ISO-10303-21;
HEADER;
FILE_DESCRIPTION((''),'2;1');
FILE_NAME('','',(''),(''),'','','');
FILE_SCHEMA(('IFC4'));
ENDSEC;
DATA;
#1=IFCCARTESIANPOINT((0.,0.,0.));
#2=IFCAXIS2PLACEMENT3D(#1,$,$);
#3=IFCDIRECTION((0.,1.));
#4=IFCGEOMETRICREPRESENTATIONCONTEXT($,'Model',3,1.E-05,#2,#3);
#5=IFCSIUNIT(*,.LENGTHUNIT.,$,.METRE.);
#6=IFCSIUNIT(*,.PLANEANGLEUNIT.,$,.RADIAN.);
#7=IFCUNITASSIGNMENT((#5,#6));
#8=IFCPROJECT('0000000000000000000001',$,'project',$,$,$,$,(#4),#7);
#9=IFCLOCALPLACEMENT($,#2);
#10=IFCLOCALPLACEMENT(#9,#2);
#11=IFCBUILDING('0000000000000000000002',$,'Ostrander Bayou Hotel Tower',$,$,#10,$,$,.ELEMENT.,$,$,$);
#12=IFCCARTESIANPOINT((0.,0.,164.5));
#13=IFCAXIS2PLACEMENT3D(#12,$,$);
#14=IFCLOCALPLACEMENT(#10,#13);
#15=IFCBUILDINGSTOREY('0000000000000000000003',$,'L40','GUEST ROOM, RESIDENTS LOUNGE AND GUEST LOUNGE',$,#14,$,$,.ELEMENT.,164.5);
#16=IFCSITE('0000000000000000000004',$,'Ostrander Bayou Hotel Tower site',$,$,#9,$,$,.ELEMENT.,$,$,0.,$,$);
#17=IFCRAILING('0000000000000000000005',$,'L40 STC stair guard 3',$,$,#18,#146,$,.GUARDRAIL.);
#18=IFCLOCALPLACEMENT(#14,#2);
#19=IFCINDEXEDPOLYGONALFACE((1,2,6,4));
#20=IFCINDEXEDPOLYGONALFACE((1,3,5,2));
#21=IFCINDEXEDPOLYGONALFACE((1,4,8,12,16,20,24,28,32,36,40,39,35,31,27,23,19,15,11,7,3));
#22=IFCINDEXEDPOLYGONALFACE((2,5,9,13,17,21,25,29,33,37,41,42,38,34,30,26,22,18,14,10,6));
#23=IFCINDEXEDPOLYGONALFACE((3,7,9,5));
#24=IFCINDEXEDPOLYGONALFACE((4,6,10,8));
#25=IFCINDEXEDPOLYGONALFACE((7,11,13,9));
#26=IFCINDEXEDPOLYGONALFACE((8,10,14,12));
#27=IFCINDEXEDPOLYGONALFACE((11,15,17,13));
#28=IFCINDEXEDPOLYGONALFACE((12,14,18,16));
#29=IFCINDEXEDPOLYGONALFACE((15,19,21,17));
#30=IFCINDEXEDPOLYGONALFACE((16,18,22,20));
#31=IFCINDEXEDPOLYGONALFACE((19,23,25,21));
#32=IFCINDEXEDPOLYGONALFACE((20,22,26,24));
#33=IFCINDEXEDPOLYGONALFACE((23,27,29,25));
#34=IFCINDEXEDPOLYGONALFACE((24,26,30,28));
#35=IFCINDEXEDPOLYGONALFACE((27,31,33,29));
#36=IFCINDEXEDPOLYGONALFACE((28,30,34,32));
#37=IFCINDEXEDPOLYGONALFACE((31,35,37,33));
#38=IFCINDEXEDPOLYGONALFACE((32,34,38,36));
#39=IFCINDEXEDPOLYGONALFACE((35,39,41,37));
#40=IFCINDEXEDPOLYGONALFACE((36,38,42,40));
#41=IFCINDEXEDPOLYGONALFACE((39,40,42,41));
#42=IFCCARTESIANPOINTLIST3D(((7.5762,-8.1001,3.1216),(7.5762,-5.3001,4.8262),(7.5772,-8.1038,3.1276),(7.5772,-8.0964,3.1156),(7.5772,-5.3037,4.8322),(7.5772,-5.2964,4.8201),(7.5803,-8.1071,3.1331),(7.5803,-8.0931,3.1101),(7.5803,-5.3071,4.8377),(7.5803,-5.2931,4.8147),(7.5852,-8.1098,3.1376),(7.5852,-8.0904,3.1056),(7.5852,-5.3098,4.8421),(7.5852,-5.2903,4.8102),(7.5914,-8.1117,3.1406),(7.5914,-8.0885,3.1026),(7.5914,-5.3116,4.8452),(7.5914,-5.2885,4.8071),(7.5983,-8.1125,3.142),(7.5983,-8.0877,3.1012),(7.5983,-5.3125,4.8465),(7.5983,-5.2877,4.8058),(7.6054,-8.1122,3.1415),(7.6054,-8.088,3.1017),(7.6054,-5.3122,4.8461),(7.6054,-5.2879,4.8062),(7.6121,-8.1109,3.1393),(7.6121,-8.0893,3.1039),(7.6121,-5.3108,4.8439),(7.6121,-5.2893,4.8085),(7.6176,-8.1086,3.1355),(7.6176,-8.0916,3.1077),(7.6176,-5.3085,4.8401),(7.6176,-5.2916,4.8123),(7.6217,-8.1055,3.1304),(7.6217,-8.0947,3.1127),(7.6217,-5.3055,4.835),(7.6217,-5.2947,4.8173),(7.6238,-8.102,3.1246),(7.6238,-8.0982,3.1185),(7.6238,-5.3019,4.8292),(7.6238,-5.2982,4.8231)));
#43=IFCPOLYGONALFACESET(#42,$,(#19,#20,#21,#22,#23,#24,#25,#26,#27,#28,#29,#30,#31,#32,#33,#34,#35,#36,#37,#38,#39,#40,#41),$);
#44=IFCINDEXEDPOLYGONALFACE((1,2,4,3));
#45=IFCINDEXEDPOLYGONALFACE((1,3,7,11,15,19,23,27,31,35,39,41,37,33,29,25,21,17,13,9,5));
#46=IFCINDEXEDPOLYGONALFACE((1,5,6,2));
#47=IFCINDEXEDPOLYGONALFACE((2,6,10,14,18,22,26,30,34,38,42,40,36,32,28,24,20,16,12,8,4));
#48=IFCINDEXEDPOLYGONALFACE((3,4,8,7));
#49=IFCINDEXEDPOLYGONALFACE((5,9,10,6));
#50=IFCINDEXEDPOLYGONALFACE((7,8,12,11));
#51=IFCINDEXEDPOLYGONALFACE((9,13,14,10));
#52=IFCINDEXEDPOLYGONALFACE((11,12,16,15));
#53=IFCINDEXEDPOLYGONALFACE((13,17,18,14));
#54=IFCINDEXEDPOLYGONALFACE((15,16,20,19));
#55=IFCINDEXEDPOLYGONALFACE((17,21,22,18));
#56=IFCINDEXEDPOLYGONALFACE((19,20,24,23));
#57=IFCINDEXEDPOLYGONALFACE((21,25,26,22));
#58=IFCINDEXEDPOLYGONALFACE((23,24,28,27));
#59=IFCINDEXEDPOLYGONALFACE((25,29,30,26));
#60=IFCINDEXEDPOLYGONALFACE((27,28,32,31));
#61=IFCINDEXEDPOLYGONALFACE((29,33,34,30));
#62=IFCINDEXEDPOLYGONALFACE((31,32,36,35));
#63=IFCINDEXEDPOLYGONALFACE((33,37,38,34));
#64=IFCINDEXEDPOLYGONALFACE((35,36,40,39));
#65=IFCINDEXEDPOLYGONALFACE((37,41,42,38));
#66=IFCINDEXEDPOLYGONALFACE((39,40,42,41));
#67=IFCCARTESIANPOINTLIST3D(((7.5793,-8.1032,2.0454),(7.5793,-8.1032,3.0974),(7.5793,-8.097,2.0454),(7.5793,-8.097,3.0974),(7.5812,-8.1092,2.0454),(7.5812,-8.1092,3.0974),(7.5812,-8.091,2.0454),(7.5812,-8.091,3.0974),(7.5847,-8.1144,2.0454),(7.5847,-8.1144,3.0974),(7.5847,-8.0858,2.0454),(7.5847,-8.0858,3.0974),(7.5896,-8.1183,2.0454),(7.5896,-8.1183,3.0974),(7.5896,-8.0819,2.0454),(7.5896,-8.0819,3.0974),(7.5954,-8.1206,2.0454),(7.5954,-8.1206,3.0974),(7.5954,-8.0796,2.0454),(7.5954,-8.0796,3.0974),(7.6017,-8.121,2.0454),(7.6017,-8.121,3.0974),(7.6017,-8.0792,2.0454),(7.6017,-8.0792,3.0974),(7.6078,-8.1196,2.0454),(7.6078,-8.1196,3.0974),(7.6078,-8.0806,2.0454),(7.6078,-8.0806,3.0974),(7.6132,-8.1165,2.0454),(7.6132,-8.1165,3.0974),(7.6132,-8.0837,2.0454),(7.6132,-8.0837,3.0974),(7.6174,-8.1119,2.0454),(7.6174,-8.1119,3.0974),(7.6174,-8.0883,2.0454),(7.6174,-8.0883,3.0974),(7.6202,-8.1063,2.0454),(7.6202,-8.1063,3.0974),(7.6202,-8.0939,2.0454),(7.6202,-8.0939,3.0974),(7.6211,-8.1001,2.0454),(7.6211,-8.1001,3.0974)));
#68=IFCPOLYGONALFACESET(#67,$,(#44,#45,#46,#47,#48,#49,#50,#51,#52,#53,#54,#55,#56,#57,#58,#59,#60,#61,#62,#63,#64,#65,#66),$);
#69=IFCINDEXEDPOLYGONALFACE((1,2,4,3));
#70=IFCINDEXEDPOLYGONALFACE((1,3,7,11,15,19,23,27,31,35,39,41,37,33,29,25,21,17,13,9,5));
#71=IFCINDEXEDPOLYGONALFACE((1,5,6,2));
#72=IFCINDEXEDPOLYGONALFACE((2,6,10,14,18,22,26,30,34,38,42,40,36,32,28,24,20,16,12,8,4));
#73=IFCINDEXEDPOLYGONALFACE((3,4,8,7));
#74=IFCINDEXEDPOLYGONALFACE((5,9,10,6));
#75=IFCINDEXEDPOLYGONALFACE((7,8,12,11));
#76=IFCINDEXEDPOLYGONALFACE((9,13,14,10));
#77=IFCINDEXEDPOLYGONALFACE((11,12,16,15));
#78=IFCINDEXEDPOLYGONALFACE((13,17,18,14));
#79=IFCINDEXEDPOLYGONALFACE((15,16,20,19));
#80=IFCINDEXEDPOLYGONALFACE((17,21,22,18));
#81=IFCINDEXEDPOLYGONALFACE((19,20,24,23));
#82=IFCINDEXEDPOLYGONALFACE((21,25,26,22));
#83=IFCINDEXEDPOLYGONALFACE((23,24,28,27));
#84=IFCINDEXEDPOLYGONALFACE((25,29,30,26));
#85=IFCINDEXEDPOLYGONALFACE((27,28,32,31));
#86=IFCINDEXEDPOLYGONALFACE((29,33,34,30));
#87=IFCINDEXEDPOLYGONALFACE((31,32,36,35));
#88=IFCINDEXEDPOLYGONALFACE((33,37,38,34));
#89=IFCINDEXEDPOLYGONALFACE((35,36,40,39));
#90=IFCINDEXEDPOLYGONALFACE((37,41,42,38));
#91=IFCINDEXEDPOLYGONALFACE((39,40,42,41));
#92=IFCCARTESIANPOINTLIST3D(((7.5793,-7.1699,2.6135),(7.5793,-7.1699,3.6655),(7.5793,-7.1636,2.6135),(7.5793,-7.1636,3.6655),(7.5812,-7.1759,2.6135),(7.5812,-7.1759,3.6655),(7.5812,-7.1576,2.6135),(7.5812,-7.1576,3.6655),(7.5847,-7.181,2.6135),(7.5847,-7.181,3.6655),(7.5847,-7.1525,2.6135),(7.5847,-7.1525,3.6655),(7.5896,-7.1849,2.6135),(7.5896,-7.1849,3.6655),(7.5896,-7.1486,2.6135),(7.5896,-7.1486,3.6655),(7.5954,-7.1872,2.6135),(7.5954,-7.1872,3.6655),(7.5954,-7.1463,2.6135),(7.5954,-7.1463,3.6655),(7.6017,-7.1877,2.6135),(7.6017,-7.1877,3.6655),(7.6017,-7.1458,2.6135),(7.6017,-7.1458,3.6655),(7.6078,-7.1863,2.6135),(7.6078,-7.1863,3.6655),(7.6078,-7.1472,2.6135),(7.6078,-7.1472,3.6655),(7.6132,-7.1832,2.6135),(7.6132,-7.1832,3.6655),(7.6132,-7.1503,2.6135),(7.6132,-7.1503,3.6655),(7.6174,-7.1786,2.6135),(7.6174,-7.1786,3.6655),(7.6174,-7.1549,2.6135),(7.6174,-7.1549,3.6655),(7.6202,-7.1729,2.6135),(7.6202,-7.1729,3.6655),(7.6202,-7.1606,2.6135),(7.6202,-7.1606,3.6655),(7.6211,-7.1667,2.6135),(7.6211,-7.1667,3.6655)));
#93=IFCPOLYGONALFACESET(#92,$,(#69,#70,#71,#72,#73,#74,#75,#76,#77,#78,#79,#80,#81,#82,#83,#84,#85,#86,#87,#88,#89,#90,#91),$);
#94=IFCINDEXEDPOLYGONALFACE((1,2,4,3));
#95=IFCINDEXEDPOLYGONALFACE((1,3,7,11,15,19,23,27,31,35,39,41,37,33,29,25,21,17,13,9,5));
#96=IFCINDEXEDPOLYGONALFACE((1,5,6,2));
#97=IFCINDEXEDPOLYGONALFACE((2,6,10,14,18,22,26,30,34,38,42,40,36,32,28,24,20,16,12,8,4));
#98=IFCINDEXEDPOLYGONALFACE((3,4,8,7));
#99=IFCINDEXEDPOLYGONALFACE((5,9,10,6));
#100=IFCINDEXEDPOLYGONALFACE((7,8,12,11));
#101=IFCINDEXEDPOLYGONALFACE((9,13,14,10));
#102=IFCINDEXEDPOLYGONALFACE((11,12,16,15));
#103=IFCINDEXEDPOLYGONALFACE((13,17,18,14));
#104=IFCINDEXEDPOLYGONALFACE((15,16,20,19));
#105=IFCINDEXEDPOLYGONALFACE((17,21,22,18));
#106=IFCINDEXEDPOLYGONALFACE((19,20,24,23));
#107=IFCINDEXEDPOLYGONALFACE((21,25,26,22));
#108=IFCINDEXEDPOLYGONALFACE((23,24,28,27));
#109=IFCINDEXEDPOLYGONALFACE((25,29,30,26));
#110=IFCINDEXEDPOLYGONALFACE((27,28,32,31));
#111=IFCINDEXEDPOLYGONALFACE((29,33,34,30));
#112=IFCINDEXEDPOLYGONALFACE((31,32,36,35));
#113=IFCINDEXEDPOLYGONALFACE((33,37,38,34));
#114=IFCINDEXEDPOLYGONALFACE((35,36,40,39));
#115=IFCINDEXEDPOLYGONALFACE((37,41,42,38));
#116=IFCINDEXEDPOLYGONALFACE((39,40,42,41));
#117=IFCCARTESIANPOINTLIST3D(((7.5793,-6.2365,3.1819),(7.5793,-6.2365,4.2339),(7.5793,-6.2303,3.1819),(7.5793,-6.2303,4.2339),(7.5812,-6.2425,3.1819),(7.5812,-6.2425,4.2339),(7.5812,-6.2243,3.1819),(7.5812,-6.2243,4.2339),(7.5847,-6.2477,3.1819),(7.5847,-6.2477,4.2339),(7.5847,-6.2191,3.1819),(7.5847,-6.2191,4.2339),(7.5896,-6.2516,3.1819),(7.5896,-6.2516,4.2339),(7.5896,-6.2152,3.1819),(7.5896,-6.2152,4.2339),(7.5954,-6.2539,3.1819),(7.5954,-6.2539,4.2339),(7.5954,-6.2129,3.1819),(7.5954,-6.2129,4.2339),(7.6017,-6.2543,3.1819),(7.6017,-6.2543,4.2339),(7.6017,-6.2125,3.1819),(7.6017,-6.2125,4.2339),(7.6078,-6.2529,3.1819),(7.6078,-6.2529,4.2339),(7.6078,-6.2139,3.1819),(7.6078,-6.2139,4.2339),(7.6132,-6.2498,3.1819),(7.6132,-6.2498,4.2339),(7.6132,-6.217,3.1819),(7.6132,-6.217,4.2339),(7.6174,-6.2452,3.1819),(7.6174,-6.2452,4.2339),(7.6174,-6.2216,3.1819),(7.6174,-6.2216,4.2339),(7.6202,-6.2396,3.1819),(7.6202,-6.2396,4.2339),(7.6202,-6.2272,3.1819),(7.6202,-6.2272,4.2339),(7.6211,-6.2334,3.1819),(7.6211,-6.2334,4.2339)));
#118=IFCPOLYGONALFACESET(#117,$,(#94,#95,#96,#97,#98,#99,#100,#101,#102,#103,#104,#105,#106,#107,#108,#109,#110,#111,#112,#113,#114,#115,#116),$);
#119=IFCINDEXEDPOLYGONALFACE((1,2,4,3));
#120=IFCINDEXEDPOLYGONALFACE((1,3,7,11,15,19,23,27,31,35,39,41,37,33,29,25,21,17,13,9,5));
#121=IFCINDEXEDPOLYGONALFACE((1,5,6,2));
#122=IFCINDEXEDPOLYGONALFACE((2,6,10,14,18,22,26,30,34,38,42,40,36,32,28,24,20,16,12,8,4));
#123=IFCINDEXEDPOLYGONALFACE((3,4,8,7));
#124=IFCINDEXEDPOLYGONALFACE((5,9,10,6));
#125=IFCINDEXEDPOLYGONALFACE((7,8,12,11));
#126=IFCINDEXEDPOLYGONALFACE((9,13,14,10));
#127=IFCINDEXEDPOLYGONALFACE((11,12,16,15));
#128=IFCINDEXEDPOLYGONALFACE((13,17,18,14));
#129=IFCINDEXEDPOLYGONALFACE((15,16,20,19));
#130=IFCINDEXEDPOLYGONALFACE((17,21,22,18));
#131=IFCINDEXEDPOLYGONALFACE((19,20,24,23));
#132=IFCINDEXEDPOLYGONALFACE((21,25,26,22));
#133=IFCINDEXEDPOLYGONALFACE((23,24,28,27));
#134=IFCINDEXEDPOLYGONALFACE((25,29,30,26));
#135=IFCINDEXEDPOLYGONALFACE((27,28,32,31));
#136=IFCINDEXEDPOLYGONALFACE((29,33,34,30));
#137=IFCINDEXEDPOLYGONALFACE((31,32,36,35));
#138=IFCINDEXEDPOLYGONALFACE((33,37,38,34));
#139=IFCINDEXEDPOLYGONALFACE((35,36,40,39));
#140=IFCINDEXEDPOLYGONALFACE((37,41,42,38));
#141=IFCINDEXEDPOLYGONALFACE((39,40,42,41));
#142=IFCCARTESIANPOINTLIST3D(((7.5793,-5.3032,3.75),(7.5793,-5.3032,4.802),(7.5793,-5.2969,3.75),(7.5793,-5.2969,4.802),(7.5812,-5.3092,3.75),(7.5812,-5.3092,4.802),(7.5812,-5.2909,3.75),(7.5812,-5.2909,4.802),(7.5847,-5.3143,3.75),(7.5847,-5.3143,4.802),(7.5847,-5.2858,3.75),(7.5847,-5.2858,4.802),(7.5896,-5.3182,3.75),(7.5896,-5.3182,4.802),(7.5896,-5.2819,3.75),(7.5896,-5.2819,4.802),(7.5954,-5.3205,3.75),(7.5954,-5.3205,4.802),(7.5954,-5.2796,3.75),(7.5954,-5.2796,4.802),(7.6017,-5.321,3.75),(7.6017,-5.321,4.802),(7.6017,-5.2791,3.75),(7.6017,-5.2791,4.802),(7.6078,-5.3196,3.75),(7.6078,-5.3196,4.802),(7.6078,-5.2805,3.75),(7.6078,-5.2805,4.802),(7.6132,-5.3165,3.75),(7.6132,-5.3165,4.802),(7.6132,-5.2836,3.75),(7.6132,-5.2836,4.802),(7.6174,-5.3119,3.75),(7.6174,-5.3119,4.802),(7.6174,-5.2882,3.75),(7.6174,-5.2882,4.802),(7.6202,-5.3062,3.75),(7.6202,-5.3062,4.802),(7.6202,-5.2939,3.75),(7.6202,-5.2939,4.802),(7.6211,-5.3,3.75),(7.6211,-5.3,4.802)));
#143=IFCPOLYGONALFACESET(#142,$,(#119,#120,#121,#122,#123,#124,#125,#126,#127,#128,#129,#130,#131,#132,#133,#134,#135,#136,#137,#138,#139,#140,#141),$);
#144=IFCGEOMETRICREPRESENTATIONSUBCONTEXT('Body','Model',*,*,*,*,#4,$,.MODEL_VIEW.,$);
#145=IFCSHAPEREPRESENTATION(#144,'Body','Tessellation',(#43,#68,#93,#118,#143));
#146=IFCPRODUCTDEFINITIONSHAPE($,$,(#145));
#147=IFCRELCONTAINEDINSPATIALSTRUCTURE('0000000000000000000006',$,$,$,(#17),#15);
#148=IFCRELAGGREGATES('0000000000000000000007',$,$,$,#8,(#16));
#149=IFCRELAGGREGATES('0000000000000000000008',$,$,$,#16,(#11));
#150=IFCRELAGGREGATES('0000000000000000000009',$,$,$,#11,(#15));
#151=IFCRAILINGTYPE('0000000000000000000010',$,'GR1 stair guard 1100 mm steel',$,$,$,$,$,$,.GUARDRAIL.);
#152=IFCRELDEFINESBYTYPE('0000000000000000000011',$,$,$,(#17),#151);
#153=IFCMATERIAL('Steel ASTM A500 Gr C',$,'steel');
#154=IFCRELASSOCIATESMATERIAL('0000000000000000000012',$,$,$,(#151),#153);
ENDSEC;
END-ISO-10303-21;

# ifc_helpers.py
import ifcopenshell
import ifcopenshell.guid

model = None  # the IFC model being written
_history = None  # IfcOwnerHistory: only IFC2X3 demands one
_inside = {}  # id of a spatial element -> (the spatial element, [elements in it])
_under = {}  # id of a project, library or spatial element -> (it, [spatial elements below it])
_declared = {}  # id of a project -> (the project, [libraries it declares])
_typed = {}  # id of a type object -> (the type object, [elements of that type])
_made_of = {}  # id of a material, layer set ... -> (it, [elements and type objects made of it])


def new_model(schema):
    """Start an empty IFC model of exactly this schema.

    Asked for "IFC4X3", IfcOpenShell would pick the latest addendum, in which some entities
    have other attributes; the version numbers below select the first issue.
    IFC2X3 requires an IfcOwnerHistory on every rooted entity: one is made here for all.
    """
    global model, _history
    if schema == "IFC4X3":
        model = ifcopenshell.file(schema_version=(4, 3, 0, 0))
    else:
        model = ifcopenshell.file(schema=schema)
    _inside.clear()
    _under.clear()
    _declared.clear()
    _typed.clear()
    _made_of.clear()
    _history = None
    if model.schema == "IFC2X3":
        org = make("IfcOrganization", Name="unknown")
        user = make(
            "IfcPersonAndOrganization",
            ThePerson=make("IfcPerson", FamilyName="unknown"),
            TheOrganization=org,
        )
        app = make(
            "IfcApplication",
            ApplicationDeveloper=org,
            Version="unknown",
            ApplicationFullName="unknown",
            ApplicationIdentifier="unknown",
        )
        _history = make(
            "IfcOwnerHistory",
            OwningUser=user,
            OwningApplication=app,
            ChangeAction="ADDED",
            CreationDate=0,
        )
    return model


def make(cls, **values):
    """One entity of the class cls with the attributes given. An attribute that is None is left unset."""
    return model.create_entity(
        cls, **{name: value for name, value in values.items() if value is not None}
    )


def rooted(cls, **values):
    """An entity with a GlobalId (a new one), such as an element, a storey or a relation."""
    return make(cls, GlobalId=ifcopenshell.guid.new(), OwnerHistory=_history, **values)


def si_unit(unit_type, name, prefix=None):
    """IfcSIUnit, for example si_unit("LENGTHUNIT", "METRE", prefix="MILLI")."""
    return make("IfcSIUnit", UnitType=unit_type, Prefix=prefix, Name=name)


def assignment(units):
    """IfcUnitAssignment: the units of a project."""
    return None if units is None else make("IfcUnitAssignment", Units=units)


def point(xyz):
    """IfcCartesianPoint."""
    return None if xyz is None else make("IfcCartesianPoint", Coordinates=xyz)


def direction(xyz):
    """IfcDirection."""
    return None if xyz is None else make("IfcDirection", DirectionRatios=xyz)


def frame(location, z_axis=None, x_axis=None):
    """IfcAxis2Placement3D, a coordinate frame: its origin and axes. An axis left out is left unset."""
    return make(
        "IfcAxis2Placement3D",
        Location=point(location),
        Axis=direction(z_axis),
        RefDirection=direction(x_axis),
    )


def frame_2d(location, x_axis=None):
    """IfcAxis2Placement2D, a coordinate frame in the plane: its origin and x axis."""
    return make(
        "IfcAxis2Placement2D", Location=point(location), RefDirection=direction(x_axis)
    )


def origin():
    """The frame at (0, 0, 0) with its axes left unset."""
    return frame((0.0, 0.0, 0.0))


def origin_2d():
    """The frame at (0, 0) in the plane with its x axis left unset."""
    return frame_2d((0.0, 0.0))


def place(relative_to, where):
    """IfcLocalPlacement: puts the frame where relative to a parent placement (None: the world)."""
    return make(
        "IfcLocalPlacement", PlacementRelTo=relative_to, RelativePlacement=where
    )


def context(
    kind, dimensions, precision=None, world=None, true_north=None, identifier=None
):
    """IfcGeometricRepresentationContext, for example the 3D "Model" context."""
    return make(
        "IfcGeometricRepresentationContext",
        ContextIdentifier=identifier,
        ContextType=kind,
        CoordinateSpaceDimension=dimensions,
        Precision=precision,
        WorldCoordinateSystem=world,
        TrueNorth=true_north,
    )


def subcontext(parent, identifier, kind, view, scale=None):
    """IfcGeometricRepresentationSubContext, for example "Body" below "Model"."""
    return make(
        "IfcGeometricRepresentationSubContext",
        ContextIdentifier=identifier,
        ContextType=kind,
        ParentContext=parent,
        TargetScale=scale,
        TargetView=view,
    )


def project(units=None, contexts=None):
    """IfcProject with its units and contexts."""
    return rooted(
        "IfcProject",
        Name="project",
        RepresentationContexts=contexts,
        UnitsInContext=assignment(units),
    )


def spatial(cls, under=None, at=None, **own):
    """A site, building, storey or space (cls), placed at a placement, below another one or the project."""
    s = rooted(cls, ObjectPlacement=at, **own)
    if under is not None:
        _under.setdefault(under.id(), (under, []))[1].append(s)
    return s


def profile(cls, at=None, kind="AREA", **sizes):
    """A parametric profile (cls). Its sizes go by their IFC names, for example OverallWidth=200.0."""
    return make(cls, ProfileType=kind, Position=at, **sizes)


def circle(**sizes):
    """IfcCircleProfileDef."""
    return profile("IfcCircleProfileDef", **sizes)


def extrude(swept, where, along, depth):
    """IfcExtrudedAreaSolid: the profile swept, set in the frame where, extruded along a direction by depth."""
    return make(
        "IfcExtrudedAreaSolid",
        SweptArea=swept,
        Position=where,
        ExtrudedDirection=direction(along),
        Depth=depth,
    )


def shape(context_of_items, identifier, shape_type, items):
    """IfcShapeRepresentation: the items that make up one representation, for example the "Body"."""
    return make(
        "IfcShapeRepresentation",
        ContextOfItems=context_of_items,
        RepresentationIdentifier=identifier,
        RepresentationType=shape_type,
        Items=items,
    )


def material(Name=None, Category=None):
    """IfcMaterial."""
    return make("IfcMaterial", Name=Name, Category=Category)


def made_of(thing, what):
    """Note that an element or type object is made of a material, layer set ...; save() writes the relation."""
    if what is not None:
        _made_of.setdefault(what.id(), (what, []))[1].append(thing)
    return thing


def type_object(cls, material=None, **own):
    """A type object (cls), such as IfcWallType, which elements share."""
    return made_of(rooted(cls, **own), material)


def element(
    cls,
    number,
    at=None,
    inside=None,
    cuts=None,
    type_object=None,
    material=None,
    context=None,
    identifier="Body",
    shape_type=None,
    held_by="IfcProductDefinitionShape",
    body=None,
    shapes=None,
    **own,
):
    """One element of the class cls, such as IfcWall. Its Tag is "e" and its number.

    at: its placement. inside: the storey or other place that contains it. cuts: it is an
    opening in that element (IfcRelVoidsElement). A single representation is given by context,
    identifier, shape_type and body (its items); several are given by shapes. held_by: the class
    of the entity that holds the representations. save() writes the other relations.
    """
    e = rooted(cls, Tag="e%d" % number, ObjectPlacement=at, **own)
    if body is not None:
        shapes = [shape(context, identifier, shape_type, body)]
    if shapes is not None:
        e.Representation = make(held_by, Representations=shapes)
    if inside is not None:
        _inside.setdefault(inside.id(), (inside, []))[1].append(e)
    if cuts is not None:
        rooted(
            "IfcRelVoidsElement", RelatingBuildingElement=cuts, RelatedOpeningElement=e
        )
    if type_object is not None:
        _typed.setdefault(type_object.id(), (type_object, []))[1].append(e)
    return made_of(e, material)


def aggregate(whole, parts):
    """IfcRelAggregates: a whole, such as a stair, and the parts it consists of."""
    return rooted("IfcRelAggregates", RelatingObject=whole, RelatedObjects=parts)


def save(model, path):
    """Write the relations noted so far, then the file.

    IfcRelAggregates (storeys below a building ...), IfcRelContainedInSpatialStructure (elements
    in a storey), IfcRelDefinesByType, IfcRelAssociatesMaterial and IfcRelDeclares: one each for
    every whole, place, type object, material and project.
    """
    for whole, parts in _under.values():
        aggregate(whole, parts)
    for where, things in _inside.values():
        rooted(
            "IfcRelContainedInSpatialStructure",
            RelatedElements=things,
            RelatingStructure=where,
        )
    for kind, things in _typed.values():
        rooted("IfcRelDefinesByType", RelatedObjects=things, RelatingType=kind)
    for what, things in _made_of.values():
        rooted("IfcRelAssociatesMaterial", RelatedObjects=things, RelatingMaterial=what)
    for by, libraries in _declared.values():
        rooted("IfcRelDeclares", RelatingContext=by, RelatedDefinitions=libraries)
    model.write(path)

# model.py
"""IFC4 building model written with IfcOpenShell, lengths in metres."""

from ifc_helpers import new_model, si_unit, direction, frame, origin, origin_2d, place, context, subcontext, project, spatial, circle, extrude, material, type_object, element, save


model = new_model("IFC4")

# Units and contexts
model_context = context("Model", 3, precision=1e-05, world=origin(), true_north=direction((0.0, 1.0)))
body_context = subcontext(model_context, "Body", "Model", "MODEL_VIEW")
ifc_project = project(units=[si_unit("LENGTHUNIT", "METRE"), si_unit("PLANEANGLEUNIT", "RADIAN")], contexts=[model_context])

# Site, building, storey
site_placement = place(None, origin())
site = spatial("IfcSite", under=ifc_project, at=site_placement, Name="Ostrander Bayou Hotel Tower site", CompositionType="ELEMENT", RefElevation=0.0)
building_placement = place(site_placement, origin())
building = spatial("IfcBuilding", under=site, at=building_placement, Name="Ostrander Bayou Hotel Tower", CompositionType="ELEMENT")
storey_placement = place(building_placement, frame((0.0, 0.0, 164.5)))
storey = spatial("IfcBuildingStorey", under=building, at=storey_placement, Name="L40", Description="GUEST ROOM, RESIDENTS LOUNGE AND GUEST LOUNGE", CompositionType="ELEMENT", Elevation=164.5)

# Railing
ifc_material_1 = material(Name="Steel ASTM A500 Gr C", Category="steel")
railing_type_1 = type_object("IfcRailingType", Name="GR1 stair guard 1100 mm steel", PredefinedType="GUARDRAIL", material=ifc_material_1)
railing_1_placement = place(storey_placement, frame((7.6001, -8.1001, 2.0454)))
element("IfcRailing", 1, at=railing_1_placement, inside=storey, type_object=railing_type_1, Name="L40 STC stair guard 3", PredefinedType="GUARDRAIL", context=body_context, shape_type="SweptSolid", body=[
    extrude(circle(Radius=0.0239, at=origin_2d()), frame((0.0, 0.0, 1.0762), z_axis=(0.0, 0.85417, 0.519994), x_axis=(-1.0, 0.0, 0.0)), (0.0, 0.0, 1.0), 3.2781),
    extrude(circle(Radius=0.021, at=origin_2d()), origin(), (0.0, 0.0, 1.0), 1.052),
    extrude(circle(Radius=0.021, at=origin_2d()), frame((0.0, 0.9333, 0.5681)), (0.0, 0.0, 1.0), 1.052),
    extrude(circle(Radius=0.021, at=origin_2d()), frame((0.0, 1.8667, 1.1365)), (0.0, 0.0, 1.0), 1.052),
    extrude(circle(Radius=0.021, at=origin_2d()), frame((0.0, 2.8, 1.7046)), (0.0, 0.0, 1.0), 1.052),
])

save(model, "model.ifc")
